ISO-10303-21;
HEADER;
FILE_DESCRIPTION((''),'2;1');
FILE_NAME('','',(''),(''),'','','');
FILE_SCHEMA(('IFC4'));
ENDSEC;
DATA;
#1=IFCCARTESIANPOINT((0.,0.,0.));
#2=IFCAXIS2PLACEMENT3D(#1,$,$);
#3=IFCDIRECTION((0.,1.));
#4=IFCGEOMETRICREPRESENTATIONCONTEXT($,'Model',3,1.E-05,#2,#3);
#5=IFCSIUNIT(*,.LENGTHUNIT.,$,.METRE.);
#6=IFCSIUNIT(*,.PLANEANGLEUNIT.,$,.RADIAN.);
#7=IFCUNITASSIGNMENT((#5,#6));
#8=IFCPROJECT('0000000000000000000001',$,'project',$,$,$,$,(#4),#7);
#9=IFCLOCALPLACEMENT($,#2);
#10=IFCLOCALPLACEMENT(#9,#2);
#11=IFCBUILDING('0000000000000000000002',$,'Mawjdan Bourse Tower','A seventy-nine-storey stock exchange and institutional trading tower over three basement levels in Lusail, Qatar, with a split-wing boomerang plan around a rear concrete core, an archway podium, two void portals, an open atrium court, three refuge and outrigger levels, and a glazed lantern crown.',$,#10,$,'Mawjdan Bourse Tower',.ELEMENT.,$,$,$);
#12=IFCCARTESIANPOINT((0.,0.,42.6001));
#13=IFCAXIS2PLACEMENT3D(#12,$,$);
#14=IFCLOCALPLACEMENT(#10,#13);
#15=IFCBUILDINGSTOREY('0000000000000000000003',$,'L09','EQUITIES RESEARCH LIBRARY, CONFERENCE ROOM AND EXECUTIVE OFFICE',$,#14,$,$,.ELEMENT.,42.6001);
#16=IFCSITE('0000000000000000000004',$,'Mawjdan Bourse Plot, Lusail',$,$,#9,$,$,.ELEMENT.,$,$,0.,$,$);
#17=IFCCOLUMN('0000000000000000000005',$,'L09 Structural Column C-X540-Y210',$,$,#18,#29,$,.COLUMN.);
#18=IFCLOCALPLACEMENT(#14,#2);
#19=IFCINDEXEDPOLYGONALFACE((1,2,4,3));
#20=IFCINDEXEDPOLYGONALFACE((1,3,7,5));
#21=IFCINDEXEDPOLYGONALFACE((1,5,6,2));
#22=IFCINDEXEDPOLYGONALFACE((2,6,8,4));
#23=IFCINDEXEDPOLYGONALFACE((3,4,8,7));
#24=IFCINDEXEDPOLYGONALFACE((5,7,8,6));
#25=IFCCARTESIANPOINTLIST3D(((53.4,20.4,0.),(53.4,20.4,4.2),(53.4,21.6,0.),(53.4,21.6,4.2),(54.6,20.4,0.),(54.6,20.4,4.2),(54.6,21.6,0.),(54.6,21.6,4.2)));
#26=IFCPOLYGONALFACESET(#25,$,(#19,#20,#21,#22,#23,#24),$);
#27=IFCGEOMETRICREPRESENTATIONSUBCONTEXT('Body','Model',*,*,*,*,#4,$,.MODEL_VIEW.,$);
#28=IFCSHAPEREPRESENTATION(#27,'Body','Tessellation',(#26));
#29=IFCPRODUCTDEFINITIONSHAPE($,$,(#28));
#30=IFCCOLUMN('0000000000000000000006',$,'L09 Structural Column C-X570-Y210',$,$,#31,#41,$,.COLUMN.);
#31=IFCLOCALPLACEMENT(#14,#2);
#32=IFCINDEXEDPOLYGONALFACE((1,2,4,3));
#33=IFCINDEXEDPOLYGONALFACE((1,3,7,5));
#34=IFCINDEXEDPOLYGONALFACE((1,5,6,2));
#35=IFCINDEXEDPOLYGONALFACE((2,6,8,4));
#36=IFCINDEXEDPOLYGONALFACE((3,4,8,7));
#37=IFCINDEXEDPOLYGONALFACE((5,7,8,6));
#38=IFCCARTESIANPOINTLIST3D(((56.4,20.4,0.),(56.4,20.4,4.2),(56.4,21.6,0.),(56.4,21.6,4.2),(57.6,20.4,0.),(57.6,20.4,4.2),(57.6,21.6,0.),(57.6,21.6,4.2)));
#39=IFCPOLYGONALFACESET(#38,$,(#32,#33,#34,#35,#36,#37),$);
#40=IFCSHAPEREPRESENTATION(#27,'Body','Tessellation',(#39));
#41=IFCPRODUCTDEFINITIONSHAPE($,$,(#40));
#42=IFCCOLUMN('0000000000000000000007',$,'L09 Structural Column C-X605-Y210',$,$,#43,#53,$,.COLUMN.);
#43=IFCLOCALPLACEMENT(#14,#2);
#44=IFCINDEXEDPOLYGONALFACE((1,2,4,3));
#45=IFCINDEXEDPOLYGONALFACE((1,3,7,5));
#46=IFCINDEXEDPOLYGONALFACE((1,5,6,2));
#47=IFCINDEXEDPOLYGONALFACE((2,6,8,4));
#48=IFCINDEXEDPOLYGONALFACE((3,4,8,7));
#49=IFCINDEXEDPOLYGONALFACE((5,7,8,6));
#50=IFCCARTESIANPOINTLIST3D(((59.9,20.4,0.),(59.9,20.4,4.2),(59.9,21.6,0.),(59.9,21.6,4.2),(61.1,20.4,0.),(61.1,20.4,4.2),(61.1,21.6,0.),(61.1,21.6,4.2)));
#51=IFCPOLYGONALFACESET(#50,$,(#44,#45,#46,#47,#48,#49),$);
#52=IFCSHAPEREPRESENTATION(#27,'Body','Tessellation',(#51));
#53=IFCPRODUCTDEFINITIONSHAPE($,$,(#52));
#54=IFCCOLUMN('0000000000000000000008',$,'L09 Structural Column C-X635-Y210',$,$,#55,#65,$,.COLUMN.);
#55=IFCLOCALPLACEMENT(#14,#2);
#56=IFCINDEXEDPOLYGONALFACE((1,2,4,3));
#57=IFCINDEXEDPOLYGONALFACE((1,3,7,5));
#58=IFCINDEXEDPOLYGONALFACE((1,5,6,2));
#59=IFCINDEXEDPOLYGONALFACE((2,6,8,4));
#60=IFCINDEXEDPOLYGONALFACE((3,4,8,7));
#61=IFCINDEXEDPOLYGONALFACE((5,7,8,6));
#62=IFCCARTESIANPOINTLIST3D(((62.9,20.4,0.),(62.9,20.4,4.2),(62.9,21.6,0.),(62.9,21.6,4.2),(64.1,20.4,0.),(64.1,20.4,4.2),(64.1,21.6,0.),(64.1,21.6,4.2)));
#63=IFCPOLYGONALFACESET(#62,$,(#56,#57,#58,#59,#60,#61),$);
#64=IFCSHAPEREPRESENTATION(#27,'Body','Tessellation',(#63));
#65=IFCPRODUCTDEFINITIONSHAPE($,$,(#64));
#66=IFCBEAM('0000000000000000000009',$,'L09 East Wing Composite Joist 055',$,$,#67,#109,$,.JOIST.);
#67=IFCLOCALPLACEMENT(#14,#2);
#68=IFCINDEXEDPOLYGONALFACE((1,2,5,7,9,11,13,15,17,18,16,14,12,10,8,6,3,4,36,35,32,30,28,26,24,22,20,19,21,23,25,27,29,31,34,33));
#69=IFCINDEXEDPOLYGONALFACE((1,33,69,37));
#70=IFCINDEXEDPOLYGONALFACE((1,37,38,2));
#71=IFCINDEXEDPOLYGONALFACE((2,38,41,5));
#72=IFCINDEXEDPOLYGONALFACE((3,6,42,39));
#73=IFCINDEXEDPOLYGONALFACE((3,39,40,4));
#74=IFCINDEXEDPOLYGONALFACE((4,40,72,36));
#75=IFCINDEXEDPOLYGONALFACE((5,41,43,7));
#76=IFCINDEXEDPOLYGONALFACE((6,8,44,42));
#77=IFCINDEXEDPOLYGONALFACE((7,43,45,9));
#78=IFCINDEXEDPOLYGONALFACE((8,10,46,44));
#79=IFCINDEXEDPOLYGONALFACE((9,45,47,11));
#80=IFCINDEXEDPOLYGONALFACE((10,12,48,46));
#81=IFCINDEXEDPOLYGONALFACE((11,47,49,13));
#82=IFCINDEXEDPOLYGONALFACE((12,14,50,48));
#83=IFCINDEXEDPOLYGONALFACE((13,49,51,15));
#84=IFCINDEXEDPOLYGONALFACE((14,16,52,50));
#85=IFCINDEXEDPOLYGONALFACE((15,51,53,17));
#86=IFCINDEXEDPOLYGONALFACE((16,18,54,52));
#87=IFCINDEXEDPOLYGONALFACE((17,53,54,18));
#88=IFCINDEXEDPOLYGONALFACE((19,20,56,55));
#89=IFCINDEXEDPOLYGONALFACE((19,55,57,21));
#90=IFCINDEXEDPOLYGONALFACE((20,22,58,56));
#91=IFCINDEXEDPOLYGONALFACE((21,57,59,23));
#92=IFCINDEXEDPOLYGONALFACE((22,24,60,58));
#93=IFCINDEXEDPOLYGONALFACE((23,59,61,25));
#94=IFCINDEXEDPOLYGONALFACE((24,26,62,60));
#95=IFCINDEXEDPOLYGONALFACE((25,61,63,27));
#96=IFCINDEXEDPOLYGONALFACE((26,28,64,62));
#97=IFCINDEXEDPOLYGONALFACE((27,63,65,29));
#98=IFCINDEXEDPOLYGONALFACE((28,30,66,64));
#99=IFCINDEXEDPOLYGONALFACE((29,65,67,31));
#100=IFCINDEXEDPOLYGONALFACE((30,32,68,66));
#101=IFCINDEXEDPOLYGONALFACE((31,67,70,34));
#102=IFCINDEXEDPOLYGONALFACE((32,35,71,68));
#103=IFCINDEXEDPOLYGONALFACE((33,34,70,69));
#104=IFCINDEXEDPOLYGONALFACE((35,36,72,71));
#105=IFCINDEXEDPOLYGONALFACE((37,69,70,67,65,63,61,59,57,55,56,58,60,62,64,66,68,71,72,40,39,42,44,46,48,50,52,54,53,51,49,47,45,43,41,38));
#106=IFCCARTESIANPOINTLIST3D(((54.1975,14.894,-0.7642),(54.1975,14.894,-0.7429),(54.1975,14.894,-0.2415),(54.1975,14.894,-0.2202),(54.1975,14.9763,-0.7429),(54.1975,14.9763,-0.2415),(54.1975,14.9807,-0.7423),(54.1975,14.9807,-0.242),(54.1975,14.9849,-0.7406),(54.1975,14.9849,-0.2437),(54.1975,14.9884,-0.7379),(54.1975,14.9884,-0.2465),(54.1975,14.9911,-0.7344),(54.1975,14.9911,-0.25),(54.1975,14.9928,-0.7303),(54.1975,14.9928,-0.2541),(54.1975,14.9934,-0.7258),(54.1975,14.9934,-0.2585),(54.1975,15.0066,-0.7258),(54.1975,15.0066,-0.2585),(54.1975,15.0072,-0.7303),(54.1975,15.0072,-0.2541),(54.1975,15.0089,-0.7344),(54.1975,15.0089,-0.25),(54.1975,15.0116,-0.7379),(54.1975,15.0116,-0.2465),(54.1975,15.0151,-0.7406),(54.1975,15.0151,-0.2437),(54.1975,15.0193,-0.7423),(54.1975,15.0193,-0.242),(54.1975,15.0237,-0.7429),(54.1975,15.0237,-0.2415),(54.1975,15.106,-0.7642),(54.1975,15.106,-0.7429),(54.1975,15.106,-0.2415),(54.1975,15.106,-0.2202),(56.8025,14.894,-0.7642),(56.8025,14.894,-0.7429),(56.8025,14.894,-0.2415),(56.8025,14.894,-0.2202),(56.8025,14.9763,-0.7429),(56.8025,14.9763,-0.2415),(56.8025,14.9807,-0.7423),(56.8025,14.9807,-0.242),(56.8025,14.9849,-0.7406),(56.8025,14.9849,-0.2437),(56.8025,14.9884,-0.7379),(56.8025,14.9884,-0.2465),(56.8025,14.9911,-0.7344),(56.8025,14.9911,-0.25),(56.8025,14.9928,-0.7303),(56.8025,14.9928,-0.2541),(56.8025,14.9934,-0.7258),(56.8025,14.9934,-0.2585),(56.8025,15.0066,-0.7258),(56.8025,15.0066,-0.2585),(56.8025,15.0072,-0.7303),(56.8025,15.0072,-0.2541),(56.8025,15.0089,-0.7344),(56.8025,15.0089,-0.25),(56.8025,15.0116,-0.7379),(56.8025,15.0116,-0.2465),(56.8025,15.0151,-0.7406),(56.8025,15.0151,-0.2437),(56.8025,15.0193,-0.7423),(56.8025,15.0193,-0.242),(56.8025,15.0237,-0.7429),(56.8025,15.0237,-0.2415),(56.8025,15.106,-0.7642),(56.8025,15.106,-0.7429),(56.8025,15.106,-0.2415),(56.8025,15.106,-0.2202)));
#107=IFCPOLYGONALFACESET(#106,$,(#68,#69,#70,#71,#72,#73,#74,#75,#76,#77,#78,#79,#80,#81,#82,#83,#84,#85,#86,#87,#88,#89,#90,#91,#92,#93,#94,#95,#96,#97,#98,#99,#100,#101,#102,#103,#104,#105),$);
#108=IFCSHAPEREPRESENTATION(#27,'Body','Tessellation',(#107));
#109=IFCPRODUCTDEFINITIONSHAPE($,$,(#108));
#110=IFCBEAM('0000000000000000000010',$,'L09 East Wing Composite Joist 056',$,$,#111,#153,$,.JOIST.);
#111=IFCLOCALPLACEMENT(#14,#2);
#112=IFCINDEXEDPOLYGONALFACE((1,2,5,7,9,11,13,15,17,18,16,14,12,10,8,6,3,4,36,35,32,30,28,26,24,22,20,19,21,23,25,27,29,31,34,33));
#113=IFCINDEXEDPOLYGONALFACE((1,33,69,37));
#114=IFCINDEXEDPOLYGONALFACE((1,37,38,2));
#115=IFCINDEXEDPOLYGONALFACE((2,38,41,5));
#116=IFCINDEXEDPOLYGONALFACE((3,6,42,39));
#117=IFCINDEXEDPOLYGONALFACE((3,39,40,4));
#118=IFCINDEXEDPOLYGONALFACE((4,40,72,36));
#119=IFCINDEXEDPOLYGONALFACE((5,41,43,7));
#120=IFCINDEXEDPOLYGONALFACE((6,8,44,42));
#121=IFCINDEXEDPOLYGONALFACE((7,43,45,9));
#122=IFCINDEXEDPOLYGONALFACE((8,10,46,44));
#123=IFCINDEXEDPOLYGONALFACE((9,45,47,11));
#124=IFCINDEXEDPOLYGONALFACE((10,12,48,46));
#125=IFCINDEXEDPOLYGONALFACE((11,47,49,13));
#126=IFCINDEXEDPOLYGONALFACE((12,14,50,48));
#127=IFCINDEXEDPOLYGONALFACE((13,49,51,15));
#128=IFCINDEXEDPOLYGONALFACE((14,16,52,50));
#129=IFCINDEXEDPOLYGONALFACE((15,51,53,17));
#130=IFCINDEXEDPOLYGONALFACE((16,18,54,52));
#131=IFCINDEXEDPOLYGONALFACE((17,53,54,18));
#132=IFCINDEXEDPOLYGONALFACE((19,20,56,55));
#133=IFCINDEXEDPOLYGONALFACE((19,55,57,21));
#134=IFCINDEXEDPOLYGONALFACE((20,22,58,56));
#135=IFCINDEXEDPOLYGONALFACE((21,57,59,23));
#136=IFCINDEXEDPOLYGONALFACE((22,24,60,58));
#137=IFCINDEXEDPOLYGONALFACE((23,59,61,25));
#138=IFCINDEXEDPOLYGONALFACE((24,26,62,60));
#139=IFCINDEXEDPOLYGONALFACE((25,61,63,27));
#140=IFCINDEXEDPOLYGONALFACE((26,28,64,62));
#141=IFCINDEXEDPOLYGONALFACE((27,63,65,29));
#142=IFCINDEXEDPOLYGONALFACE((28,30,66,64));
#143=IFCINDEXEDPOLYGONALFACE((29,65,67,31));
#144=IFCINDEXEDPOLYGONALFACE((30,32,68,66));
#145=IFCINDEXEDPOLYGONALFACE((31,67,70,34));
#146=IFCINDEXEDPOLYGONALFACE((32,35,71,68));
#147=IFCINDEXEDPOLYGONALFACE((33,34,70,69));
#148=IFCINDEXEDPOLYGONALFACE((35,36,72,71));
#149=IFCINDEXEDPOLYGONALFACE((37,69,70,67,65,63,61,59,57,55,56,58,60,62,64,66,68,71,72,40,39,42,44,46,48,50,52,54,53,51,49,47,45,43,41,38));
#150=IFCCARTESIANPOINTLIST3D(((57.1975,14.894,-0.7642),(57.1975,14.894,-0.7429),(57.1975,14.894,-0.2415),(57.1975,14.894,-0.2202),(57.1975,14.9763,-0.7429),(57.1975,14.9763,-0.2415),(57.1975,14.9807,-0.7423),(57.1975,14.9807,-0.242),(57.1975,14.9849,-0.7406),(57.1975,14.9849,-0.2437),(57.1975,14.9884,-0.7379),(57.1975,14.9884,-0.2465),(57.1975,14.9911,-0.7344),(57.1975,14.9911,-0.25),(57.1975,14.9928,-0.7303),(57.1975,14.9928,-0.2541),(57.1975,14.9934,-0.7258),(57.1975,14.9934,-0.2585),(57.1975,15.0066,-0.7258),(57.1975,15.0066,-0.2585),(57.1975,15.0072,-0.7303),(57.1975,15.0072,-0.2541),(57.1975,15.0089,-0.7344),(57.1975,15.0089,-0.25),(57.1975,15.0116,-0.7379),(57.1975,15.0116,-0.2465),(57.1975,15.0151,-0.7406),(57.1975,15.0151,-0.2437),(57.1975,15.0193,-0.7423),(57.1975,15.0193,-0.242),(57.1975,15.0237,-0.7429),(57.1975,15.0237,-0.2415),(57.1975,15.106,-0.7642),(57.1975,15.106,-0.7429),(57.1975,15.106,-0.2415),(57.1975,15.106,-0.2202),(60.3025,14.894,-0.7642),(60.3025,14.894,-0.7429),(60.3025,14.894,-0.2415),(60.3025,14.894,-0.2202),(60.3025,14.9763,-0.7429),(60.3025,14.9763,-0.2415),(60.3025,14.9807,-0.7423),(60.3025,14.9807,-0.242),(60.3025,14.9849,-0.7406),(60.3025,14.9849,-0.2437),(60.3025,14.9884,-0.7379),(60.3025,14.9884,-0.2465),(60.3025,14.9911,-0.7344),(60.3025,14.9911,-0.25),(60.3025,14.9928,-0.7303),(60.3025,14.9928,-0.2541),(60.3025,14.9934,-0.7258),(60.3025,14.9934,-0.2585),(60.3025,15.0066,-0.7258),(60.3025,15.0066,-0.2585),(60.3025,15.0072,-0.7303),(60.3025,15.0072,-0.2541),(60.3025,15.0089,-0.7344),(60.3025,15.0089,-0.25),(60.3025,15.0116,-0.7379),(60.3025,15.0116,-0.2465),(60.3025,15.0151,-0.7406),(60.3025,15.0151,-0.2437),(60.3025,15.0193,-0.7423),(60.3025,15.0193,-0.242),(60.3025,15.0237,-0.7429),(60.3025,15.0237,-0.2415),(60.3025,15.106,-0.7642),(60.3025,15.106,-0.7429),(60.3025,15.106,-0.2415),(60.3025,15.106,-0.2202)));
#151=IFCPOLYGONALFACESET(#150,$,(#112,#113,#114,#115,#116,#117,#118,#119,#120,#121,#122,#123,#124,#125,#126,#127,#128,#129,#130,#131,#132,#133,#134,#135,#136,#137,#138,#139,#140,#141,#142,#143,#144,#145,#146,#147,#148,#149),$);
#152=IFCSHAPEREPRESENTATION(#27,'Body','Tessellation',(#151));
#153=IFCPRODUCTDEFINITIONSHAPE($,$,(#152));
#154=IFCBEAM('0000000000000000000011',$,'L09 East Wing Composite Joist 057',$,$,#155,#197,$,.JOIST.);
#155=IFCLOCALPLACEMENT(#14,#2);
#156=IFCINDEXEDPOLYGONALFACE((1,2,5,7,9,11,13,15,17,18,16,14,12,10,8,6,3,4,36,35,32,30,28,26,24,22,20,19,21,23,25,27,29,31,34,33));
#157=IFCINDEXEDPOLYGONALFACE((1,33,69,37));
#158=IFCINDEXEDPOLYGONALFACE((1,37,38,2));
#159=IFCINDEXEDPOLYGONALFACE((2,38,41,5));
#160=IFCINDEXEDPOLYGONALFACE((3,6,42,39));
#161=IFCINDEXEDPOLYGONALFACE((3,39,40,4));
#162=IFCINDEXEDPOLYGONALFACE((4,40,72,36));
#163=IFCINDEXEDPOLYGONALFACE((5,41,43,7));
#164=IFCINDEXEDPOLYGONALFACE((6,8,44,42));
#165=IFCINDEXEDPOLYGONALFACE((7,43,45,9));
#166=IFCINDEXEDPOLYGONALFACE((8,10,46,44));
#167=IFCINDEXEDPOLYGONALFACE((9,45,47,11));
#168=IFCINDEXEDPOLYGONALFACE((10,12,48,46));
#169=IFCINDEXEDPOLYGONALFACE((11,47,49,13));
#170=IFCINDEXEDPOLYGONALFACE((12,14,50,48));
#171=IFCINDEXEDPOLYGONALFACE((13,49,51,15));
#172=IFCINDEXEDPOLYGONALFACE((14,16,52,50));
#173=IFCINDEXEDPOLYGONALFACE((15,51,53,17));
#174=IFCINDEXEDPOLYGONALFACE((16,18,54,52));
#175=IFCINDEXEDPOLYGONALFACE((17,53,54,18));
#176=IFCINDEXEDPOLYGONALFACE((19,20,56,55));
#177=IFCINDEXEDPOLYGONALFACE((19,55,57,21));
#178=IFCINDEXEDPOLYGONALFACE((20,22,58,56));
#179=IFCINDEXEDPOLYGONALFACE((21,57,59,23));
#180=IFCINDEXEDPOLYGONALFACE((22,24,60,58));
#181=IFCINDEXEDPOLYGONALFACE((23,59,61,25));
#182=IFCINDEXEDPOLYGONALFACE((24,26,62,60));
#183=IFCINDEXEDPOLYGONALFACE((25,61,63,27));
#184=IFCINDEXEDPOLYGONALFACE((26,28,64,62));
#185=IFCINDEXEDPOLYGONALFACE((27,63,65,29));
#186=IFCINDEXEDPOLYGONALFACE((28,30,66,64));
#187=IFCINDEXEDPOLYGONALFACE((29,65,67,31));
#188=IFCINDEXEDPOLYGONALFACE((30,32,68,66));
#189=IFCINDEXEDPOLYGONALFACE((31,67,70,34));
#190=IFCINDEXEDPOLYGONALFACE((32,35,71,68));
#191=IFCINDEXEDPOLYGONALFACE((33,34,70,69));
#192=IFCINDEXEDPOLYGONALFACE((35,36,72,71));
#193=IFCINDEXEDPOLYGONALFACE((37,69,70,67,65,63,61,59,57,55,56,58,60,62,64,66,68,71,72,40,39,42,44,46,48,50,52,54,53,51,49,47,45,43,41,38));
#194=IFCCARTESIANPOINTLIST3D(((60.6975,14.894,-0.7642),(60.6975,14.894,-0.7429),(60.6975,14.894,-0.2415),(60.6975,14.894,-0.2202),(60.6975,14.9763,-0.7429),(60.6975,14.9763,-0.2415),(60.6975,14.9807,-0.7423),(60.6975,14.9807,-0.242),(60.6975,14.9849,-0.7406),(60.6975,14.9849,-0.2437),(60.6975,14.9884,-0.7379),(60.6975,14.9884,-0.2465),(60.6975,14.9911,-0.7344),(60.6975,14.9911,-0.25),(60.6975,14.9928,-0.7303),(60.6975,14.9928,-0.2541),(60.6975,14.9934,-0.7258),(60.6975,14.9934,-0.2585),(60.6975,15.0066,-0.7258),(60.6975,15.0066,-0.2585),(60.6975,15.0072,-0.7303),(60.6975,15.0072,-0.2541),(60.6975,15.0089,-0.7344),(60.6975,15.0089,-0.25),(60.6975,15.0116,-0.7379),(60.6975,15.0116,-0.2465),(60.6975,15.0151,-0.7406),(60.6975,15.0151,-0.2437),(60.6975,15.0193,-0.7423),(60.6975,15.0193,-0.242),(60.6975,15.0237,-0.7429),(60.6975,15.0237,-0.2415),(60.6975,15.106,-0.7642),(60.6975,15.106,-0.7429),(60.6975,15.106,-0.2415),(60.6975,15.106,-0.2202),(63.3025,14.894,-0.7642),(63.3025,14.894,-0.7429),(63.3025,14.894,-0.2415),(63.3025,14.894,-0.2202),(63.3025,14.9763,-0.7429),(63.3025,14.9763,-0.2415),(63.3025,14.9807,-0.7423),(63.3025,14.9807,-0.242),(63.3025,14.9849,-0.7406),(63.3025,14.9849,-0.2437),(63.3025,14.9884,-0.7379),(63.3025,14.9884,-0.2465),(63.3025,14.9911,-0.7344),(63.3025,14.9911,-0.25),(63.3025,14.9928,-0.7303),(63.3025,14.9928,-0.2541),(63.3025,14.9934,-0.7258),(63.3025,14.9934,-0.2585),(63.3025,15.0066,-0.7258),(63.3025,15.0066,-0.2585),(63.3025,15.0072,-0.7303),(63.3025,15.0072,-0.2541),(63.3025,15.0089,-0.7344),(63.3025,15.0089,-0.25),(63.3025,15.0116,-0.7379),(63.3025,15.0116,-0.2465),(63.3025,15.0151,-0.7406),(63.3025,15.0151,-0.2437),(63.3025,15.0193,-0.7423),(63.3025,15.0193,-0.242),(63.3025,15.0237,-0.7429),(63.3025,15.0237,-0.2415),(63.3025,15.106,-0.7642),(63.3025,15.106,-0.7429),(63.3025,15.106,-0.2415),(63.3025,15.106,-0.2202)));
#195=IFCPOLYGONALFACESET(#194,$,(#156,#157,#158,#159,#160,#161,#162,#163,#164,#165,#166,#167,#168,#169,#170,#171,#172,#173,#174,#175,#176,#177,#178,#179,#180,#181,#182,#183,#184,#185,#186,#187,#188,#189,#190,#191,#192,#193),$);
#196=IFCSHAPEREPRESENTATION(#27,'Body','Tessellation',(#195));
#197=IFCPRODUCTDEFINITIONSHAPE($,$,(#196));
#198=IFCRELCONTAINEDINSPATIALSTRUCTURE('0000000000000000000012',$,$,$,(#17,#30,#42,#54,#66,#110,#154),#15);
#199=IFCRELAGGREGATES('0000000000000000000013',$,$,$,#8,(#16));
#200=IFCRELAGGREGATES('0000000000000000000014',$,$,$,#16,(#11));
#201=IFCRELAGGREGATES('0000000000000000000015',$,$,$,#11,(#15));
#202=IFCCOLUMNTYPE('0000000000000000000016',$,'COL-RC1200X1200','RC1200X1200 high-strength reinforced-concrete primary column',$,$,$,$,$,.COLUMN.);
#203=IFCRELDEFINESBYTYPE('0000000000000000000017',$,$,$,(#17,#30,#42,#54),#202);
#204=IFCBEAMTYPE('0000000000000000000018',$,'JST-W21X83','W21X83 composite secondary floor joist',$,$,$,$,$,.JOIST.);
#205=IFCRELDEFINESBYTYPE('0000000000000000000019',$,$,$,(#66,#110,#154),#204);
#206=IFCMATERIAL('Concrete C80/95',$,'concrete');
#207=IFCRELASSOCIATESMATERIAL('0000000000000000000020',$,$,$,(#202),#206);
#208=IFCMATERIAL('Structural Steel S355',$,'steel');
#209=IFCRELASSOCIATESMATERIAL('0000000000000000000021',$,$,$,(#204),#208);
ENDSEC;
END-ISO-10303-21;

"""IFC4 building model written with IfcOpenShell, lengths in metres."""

from ifc_helpers import new_model, si_unit, direction, frame, origin, origin_2d, place, context, subcontext, project, spatial, rectangle, i_section, extrude, material, material_profile, profile_set, type_object, element, save


model = new_model("IFC4")

# Units and contexts
model_context = context("Model", 3, precision=1e-05, world=origin(), true_north=direction((0.0, 1.0)))
body_context = subcontext(model_context, "Body", "Model", "MODEL_VIEW")
ifc_project = project(units=[si_unit("LENGTHUNIT", "METRE"), si_unit("PLANEANGLEUNIT", "RADIAN")], contexts=[model_context])

# Site, building, storey
site_placement = place(None, origin())
site = spatial("IfcSite", under=ifc_project, at=site_placement, Name="Mawjdan Bourse Plot, Lusail", CompositionType="ELEMENT", RefElevation=0.0)
building_placement = place(site_placement, origin())
building = spatial("IfcBuilding", under=site, at=building_placement, Name="Mawjdan Bourse Tower", Description="A seventy-nine-storey stock exchange and institutional trading tower over three basement levels in Lusail, Qatar, with a split-wing boomerang plan around a rear concrete core, an archway podium, two void portals, an open atrium court, three refuge and outrigger levels, and a glazed lantern crown.", LongName="Mawjdan Bourse Tower", CompositionType="ELEMENT")
storey_placement = place(building_placement, frame((0.0, 0.0, 42.6001)))
storey = spatial("IfcBuildingStorey", under=building, at=storey_placement, Name="L09", Description="EQUITIES RESEARCH LIBRARY, CONFERENCE ROOM AND EXECUTIVE OFFICE", CompositionType="ELEMENT", Elevation=42.6001)

# Columns
ifc_material_1 = material(Name="Concrete C80/95", Category="concrete")
ifc_material_profile_1 = material_profile(ifc_material_1, rectangle(XDim=1.2, YDim=1.2, at=origin_2d()), Name="RC1200X1200")
ifc_profile_set_1 = profile_set([ifc_material_profile_1], Name="Concrete C80/95")
column_type = type_object("IfcColumnType", Name="COL-RC1200X1200", Description="RC1200X1200 high-strength reinforced-concrete primary column", PredefinedType="COLUMN", material=ifc_profile_set_1)
for number, where, z_axis, x_axis, name in (
    (1, (54.0, 21.0, 0.0), (0.0, 0.0, 1.0), (1.0, 0.0, 0.0), "L09 Structural Column C-X540-Y210"),
    (2, (57.0, 21.0, 0.0), (0.0, 0.0, 1.0), (1.0, 0.0, 0.0), "L09 Structural Column C-X570-Y210"),
    (3, (60.5, 21.0, 0.0), (0.0, 0.0, 1.0), (1.0, 0.0, 0.0), "L09 Structural Column C-X605-Y210"),
    (4, (63.5, 21.0, 0.0), (0.0, 0.0, 1.0), (1.0, 0.0, 0.0), "L09 Structural Column C-X635-Y210"),
):
    element("IfcColumn", number, at=place(storey_placement, frame(where, z_axis=z_axis, x_axis=x_axis)), inside=storey, type_object=column_type, Name=name, PredefinedType="COLUMN", context=body_context, shape_type="SweptSolid", body=[
        extrude(rectangle(XDim=1.2, YDim=1.2, at=origin_2d()), origin(), (0.0, 0.0, 1.0), 4.2),
    ])

# Beams
ifc_material_2 = material(Name="Structural Steel S355", Category="steel")
ifc_material_profile_2 = material_profile(ifc_material_2, i_section(OverallWidth=0.2119, OverallDepth=0.5439, WebThickness=0.0132, FlangeThickness=0.0212, FilletRadius=0.0171, at=origin_2d()), Name="W21X83")
ifc_profile_set_2 = profile_set([ifc_material_profile_2], Name="Structural Steel S355")
beam_type_1 = type_object("IfcBeamType", Name="JST-W21X83", Description="W21X83 composite secondary floor joist", PredefinedType="JOIST", material=ifc_profile_set_2)
beam_1_placement = place(storey_placement, frame((54.1975, 15.0, -0.4922), z_axis=(1.0, 0.0, 0.0), x_axis=(0.0, 1.0, 0.0)))
element("IfcBeam", 5, at=beam_1_placement, inside=storey, type_object=beam_type_1, Name="L09 East Wing Composite Joist 055", PredefinedType="JOIST", context=body_context, shape_type="SweptSolid", body=[
    extrude(i_section(OverallWidth=0.2119, OverallDepth=0.5439, WebThickness=0.0132, FlangeThickness=0.0212, FilletRadius=0.0171, at=origin_2d()), origin(), (0.0, 0.0, 1.0), 2.605),
])
beam_2_placement = place(storey_placement, frame((57.1975, 15.0, -0.4922), z_axis=(1.0, 0.0, 0.0), x_axis=(0.0, 1.0, 0.0)))
element("IfcBeam", 6, at=beam_2_placement, inside=storey, type_object=beam_type_1, Name="L09 East Wing Composite Joist 056", PredefinedType="JOIST", context=body_context, shape_type="SweptSolid", body=[
    extrude(i_section(OverallWidth=0.2119, OverallDepth=0.5439, WebThickness=0.0132, FlangeThickness=0.0212, FilletRadius=0.0171, at=origin_2d()), origin(), (0.0, 0.0, 1.0), 3.105),
])
for number, where, z_axis, x_axis, name in (
    (7, (60.6975, 15.0, -0.4922), (1.0, 0.0, 0.0), (0.0, 1.0, 0.0), "L09 East Wing Composite Joist 057"),
):
    element("IfcBeam", number, at=place(storey_placement, frame(where, z_axis=z_axis, x_axis=x_axis)), inside=storey, type_object=beam_type_1, Name=name, PredefinedType="JOIST", context=body_context, shape_type="SweptSolid", body=[
        extrude(i_section(OverallWidth=0.2119, OverallDepth=0.5439, WebThickness=0.0132, FlangeThickness=0.0212, FilletRadius=0.0171, at=origin_2d()), origin(), (0.0, 0.0, 1.0), 2.605),
    ])

save(model, "model.ifc")
